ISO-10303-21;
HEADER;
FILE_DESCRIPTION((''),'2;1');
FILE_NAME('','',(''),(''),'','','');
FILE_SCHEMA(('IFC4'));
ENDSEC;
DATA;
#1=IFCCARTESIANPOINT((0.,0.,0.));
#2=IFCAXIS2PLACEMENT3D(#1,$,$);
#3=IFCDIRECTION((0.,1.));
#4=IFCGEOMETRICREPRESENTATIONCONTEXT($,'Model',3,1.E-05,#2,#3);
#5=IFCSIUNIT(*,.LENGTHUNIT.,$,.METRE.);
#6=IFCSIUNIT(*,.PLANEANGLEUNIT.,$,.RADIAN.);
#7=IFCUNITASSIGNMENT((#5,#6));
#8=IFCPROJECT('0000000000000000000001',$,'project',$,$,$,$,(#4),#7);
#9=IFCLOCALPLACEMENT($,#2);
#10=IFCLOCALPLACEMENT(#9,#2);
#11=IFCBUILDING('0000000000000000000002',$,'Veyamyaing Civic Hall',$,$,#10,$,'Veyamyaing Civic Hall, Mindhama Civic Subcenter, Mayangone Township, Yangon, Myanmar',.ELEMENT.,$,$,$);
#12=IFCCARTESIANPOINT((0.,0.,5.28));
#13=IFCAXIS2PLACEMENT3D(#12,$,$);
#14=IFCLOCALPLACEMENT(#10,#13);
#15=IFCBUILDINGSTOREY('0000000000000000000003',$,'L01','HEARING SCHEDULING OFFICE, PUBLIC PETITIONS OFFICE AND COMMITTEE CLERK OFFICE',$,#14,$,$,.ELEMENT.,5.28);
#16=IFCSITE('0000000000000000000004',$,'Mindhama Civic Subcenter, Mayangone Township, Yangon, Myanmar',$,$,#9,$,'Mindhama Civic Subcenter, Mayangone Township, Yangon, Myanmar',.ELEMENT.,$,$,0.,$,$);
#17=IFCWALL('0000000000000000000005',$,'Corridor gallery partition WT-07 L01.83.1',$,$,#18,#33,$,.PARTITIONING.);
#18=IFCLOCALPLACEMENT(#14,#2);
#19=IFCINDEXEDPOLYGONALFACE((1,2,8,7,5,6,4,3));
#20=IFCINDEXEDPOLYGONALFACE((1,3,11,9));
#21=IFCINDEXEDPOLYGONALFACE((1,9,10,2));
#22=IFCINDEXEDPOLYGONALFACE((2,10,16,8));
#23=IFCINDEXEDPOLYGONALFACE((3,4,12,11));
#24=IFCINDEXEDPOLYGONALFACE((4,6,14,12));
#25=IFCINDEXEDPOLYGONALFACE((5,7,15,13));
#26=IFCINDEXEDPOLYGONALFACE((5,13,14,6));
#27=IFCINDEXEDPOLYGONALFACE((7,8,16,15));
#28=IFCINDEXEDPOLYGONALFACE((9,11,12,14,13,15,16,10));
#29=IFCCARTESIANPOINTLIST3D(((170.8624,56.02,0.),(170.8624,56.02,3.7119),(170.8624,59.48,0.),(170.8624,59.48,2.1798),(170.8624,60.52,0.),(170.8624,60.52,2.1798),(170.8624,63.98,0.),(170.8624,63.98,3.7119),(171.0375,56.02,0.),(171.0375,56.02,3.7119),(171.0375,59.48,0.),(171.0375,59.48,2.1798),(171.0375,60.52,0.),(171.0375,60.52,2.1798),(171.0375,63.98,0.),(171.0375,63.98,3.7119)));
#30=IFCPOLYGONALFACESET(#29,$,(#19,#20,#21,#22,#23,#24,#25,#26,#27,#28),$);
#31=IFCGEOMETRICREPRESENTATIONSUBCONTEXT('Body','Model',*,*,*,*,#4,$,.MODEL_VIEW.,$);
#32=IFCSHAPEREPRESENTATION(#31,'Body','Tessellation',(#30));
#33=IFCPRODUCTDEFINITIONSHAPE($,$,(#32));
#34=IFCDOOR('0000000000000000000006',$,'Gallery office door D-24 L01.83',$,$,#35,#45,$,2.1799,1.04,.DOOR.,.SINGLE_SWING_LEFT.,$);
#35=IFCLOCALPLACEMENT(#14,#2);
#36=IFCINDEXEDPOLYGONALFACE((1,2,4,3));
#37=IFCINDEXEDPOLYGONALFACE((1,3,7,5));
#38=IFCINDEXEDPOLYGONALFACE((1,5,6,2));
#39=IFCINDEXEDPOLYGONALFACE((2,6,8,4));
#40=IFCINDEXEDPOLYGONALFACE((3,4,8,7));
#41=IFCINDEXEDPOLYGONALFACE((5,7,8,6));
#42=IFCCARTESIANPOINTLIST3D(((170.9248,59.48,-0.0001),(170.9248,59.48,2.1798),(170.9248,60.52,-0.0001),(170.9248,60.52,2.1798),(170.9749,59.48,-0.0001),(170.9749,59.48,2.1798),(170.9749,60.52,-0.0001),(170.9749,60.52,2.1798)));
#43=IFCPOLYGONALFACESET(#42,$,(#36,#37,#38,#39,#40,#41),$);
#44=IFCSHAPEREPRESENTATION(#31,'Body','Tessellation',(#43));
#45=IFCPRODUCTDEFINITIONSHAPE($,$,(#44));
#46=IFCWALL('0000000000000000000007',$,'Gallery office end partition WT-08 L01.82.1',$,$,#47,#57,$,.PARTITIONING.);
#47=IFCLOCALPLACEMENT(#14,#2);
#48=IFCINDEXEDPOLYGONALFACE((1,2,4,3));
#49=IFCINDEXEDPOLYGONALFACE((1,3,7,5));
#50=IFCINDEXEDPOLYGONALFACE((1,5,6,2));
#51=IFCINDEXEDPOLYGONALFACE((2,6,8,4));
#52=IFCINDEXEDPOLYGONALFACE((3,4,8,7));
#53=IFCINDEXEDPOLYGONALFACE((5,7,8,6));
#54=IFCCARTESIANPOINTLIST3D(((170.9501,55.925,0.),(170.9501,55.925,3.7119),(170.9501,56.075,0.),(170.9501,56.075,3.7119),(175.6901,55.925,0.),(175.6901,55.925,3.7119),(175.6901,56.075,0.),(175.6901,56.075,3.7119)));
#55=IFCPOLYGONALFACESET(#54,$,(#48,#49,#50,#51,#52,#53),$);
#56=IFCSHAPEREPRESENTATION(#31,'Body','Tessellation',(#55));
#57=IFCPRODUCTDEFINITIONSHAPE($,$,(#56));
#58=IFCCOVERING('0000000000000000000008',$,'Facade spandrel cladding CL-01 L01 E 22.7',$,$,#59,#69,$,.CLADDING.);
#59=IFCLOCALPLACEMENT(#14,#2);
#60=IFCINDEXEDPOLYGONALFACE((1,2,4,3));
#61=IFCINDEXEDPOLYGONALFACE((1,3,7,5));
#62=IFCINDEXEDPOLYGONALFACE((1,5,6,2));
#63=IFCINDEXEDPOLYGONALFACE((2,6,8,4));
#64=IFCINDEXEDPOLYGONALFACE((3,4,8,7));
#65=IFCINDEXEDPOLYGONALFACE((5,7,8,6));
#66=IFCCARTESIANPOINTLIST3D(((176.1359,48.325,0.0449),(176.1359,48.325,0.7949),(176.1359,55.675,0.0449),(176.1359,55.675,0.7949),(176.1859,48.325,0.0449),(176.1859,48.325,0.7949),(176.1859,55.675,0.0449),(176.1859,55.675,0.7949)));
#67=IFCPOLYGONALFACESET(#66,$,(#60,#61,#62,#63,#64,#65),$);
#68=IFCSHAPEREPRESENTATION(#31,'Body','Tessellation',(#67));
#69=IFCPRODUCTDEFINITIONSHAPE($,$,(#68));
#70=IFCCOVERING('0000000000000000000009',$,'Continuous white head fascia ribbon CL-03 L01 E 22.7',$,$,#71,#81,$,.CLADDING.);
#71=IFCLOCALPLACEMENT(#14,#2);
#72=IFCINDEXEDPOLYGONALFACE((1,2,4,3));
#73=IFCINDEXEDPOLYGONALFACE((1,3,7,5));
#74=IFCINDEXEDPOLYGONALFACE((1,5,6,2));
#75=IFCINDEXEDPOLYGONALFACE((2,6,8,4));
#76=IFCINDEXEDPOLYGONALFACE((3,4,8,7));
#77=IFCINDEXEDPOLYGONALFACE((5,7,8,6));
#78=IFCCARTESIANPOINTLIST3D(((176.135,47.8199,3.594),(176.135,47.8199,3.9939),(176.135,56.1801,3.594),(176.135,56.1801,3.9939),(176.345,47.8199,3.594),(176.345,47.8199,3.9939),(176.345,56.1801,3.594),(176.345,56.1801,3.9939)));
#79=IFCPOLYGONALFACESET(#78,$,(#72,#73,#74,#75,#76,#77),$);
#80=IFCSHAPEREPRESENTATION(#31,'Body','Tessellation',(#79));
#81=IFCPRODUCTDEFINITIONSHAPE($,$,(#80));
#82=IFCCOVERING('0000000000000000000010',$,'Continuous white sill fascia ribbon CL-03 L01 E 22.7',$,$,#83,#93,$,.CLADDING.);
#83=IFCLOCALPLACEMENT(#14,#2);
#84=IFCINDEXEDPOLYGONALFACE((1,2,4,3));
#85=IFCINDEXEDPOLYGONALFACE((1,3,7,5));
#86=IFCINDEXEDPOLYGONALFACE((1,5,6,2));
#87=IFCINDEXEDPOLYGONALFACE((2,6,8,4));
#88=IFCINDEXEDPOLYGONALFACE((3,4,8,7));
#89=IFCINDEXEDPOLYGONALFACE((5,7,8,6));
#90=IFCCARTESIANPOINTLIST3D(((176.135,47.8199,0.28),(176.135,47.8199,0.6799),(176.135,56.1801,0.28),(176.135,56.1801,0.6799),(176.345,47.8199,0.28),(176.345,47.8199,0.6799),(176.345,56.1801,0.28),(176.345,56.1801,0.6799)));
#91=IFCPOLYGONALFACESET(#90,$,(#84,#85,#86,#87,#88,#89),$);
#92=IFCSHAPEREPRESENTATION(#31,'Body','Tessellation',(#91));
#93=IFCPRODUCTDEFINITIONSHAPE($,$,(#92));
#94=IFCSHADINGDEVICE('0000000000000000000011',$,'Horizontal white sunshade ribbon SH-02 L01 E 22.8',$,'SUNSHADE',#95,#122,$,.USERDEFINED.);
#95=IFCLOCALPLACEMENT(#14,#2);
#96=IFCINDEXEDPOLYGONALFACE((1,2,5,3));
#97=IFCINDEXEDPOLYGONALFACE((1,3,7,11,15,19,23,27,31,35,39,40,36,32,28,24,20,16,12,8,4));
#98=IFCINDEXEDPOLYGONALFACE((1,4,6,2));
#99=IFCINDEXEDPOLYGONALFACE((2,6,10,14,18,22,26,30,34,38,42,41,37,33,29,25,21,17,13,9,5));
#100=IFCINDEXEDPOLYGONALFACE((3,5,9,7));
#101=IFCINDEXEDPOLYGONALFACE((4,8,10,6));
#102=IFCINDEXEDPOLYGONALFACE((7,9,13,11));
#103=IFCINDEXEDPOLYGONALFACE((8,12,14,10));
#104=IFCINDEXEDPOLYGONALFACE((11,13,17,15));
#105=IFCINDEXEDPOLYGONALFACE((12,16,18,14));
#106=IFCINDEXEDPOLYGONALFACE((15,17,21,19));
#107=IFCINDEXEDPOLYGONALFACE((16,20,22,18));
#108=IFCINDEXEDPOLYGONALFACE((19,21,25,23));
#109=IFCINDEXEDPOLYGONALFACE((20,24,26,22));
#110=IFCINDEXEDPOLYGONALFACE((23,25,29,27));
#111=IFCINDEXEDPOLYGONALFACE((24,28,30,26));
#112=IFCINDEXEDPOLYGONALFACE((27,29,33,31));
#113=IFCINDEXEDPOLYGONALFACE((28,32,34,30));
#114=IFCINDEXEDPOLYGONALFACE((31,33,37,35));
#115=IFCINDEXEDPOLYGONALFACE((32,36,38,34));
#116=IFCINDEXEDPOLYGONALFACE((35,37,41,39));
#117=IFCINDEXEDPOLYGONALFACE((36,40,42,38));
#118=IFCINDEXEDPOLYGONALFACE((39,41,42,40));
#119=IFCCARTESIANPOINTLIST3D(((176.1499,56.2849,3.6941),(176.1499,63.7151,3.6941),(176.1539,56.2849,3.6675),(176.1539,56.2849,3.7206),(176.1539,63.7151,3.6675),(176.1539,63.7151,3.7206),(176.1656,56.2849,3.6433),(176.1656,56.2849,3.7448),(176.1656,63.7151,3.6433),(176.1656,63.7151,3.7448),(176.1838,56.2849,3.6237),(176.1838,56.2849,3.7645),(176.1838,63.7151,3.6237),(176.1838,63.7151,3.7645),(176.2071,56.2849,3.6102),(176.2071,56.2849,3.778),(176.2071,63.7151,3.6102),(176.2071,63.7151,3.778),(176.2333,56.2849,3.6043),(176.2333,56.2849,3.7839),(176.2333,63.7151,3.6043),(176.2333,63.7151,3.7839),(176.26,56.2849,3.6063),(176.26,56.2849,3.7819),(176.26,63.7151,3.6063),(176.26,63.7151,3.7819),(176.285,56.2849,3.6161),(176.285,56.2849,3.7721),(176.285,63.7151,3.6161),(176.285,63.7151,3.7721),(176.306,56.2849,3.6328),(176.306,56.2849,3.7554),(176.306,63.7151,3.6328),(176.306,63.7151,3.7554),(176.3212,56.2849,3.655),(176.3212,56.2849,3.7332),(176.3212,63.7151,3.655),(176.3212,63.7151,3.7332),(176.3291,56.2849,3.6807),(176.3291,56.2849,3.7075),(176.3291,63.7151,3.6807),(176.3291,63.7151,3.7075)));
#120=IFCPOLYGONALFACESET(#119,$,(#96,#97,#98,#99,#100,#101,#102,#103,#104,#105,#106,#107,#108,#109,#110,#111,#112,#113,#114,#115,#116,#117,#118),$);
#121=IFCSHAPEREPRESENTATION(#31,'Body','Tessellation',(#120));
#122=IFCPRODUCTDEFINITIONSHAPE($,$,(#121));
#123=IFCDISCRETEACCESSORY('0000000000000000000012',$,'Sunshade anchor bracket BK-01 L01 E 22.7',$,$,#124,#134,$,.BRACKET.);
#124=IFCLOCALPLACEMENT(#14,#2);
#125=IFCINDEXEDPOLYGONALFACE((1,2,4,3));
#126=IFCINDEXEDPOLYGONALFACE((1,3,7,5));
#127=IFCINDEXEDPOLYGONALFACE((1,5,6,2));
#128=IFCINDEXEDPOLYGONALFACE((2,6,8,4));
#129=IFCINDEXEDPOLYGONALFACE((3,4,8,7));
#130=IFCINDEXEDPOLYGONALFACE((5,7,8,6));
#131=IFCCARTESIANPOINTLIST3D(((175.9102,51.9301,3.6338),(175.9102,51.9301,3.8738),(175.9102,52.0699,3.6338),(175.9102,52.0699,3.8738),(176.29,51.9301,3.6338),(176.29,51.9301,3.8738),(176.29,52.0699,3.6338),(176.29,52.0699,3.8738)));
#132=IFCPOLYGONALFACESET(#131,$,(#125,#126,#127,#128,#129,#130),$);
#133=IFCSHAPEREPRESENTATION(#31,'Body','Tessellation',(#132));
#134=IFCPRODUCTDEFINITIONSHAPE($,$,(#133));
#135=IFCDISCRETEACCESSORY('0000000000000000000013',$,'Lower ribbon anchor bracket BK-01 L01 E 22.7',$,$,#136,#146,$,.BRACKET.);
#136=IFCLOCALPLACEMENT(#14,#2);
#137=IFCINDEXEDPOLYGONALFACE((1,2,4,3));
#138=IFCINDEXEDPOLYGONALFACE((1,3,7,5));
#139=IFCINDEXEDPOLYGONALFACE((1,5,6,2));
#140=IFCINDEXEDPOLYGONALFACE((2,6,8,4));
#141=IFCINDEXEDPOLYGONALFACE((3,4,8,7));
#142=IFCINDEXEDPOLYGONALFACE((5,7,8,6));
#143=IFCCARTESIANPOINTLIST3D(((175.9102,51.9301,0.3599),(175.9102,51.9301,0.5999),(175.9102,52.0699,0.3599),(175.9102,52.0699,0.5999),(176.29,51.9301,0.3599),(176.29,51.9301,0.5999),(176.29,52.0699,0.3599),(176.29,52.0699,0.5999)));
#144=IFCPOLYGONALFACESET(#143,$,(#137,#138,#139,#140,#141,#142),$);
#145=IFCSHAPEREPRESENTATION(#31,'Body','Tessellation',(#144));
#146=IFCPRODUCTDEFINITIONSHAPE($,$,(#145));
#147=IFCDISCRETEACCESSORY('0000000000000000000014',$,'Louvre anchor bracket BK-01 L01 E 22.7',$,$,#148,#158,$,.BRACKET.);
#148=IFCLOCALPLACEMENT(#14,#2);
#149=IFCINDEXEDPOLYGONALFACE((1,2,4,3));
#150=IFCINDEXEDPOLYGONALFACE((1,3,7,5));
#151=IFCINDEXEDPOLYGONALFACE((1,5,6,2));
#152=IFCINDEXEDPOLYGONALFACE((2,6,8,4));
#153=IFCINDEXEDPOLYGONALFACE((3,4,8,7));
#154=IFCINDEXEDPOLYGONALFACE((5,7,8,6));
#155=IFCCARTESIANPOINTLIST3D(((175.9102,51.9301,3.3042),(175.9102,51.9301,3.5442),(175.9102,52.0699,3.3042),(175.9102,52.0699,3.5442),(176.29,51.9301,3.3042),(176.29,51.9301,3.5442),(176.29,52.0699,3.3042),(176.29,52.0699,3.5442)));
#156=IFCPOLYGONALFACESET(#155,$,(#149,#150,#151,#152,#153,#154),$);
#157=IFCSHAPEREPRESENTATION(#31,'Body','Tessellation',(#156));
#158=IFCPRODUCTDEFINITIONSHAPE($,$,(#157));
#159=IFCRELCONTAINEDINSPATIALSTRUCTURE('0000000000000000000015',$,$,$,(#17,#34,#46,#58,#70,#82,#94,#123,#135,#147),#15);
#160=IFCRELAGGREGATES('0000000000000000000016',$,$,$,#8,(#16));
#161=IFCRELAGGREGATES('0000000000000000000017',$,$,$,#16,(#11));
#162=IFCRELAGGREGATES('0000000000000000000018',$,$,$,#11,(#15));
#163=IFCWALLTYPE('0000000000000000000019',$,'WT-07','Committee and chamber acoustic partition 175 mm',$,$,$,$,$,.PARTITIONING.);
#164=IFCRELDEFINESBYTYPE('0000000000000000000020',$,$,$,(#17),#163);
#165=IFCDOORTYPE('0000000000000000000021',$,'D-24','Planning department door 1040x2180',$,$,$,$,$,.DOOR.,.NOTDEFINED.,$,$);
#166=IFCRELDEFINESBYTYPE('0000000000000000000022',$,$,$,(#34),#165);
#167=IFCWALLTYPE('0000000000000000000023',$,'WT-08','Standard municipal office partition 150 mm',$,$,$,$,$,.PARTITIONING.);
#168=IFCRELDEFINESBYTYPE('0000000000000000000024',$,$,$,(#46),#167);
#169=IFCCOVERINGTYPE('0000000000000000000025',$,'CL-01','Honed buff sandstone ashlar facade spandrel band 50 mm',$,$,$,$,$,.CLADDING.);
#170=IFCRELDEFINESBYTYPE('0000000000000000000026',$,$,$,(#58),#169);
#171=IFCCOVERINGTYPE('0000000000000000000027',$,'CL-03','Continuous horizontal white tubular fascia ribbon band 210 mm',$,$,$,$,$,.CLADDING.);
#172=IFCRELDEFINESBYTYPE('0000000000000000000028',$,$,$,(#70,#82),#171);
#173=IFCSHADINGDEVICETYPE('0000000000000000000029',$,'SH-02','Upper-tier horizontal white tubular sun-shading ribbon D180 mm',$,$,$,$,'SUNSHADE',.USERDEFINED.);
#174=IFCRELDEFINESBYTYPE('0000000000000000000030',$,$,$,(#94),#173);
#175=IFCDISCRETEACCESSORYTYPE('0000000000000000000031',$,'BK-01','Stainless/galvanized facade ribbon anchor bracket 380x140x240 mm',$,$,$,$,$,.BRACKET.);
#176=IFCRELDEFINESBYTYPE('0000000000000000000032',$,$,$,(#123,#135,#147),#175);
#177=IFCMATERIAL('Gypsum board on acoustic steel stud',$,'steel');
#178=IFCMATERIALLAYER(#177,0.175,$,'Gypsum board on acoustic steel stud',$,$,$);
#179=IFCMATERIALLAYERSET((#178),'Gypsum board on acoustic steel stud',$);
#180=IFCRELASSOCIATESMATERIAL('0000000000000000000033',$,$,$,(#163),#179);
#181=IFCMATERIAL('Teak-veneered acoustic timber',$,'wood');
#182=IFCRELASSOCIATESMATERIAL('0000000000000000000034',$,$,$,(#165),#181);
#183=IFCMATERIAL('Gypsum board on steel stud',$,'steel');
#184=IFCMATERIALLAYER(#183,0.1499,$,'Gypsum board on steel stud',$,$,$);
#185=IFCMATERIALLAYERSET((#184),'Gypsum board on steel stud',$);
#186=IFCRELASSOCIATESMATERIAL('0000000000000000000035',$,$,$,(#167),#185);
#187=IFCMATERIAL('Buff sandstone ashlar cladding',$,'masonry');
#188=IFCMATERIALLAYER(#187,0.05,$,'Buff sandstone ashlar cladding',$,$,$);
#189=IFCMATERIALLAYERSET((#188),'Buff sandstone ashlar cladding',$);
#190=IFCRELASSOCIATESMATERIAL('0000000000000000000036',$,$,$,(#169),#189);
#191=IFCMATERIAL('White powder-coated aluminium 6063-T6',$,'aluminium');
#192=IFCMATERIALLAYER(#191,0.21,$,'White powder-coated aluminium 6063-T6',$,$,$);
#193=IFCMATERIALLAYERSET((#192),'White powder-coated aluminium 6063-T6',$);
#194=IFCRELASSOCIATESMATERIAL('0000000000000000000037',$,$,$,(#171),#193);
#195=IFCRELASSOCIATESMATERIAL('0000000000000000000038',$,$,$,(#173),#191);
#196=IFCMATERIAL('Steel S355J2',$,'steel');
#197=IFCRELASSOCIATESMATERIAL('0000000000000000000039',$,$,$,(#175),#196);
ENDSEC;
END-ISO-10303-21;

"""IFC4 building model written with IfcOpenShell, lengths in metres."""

from ifc_helpers import new_model, si_unit, direction, frame, frame_2d, origin, origin_2d, place, context, subcontext, project, spatial, rectangle, circle, extrude, material, layer, layer_set, material_profile, profile_set, type_object, element, fill, save


model = new_model("IFC4")

# Units and contexts
model_context = context("Model", 3, precision=1e-05, world=origin(), true_north=direction((0.0, 1.0)))
body_context = subcontext(model_context, "Body", "Model", "MODEL_VIEW")
ifc_project = project(units=[si_unit("LENGTHUNIT", "METRE"), si_unit("PLANEANGLEUNIT", "RADIAN")], contexts=[model_context])

# Site, building, storey
site_placement = place(None, origin())
site = spatial("IfcSite", under=ifc_project, at=site_placement, Name="Mindhama Civic Subcenter, Mayangone Township, Yangon, Myanmar", LongName="Mindhama Civic Subcenter, Mayangone Township, Yangon, Myanmar", CompositionType="ELEMENT", RefElevation=0.0)
building_placement = place(site_placement, origin())
building = spatial("IfcBuilding", under=site, at=building_placement, Name="Veyamyaing Civic Hall", LongName="Veyamyaing Civic Hall, Mindhama Civic Subcenter, Mayangone Township, Yangon, Myanmar", CompositionType="ELEMENT")
storey_placement = place(building_placement, frame((0.0, 0.0, 5.28)))
storey = spatial("IfcBuildingStorey", under=building, at=storey_placement, Name="L01", Description="HEARING SCHEDULING OFFICE, PUBLIC PETITIONS OFFICE AND COMMITTEE CLERK OFFICE", CompositionType="ELEMENT", Elevation=5.28)

# Wall, opening, door
ifc_material_1 = material(Name="Gypsum board on acoustic steel stud", Category="steel")
ifc_layer_1 = layer(ifc_material_1, 0.175, Name="Gypsum board on acoustic steel stud")
ifc_layer_set_1 = layer_set([ifc_layer_1], Name="Gypsum board on acoustic steel stud")
wall_type_1 = type_object("IfcWallType", Name="WT-07", Description="Committee and chamber acoustic partition 175 mm", PredefinedType="PARTITIONING", material=ifc_layer_set_1)
wall_1_placement = place(storey_placement, frame((170.95, 56.02, 0.0), z_axis=(0.0, 0.0, 1.0), x_axis=(0.0, 1.0, 0.0)))
wall_1 = element("IfcWall", 1, at=wall_1_placement, inside=storey, type_object=wall_type_1, Name="Corridor gallery partition WT-07 L01.83.1", PredefinedType="PARTITIONING", context=body_context, shape_type="SweptSolid", body=[
    extrude(rectangle(XDim=7.96, YDim=0.175, at=frame_2d((3.98, 0.0))), origin(), (0.0, 0.0, 1.0), 3.7119),
])
opening_placement = place(wall_1_placement, frame((3.46, 0.0, 0.0)))
opening = element("IfcOpeningElement", 2, at=opening_placement, cuts=wall_1, PredefinedType="OPENING", context=body_context, shape_type="SweptSolid", body=[
    extrude(rectangle(XDim=1.04, YDim=2.1799, at=frame_2d((0.52, 1.0898))), frame((0.0, 0.0974, 0.0), z_axis=(0.0, -1.0, 0.0), x_axis=(1.0, 0.0, 0.0)), (0.0, 0.0, 1.0), 0.1951),
])
ifc_material_2 = material(Name="Teak-veneered acoustic timber", Category="wood")
door_type = type_object("IfcDoorType", Name="D-24", Description="Planning department door 1040x2180", OperationType="NOTDEFINED", PredefinedType="DOOR", material=ifc_material_2)
door_placement = place(opening_placement, frame((1.04, 0.0, 0.0), z_axis=(0.0, 0.0, 1.0), x_axis=(-1.0, 0.0, 0.0)))
door = element("IfcDoor", 3, at=door_placement, inside=storey, type_object=door_type, Name="Gallery office door D-24 L01.83", OperationType="SINGLE_SWING_LEFT", OverallHeight=2.1799, OverallWidth=1.04, PredefinedType="DOOR", context=body_context, shape_type="SweptSolid", body=[
    extrude(rectangle(XDim=1.04, YDim=2.1799, at=frame_2d((0.52, 1.0898))), frame((0.0, 0.0249, 0.0), z_axis=(0.0, -1.0, 0.0), x_axis=(1.0, 0.0, 0.0)), (0.0, 0.0, 1.0), 0.05),
])
fill(opening, door)

# Wall
ifc_material_3 = material(Name="Gypsum board on steel stud", Category="steel")
ifc_layer_2 = layer(ifc_material_3, 0.1499, Name="Gypsum board on steel stud")
ifc_layer_set_2 = layer_set([ifc_layer_2], Name="Gypsum board on steel stud")
wall_type_2 = type_object("IfcWallType", Name="WT-08", Description="Standard municipal office partition 150 mm", PredefinedType="PARTITIONING", material=ifc_layer_set_2)
wall_2_placement = place(storey_placement, frame((170.95, 56.0, 0.0), z_axis=(0.0, 0.0, 1.0), x_axis=(1.0, 0.0, 0.0)))
element("IfcWall", 4, at=wall_2_placement, inside=storey, type_object=wall_type_2, Name="Gallery office end partition WT-08 L01.82.1", PredefinedType="PARTITIONING", context=body_context, shape_type="SweptSolid", body=[
    extrude(rectangle(XDim=4.74, YDim=0.1499, at=frame_2d((2.3701, 0.0))), origin(), (0.0, 0.0, 1.0), 3.7119),
])

# Coverings
ifc_material_4 = material(Name="Buff sandstone ashlar cladding", Category="masonry")
ifc_layer_3 = layer(ifc_material_4, 0.05, Name="Buff sandstone ashlar cladding")
ifc_layer_set_3 = layer_set([ifc_layer_3], Name="Buff sandstone ashlar cladding")
covering_type_1 = type_object("IfcCoveringType", Name="CL-01", Description="Honed buff sandstone ashlar facade spandrel band 50 mm", PredefinedType="CLADDING", material=ifc_layer_set_3)
covering_placement = place(storey_placement, frame((176.1609, 52.0, 0.0449), z_axis=(0.0, 0.0, 1.0), x_axis=(0.0, 1.0, 0.0)))
element("IfcCovering", 5, at=covering_placement, inside=storey, type_object=covering_type_1, Name="Facade spandrel cladding CL-01 L01 E 22.7", PredefinedType="CLADDING", context=body_context, shape_type="SweptSolid", body=[
    extrude(rectangle(XDim=7.3501, YDim=0.05, at=origin_2d()), origin(), (0.0, 0.0, 1.0), 0.75),
])
ifc_material_5 = material(Name="White powder-coated aluminium 6063-T6", Category="aluminium")
ifc_layer_4 = layer(ifc_material_5, 0.21, Name="White powder-coated aluminium 6063-T6")
ifc_layer_set_4 = layer_set([ifc_layer_4], Name="White powder-coated aluminium 6063-T6")
covering_type_2 = type_object("IfcCoveringType", Name="CL-03", Description="Continuous horizontal white tubular fascia ribbon band 210 mm", PredefinedType="CLADDING", material=ifc_layer_set_4)
for number, where, z_axis, x_axis, name in (
    (6, (176.24, 52.0, 3.594), (0.0, 0.0, 1.0), (0.0, 1.0, 0.0), "Continuous white head fascia ribbon CL-03 L01 E 22.7"),
    (7, (176.24, 52.0, 0.28), (0.0, 0.0, 1.0), (0.0, 1.0, 0.0), "Continuous white sill fascia ribbon CL-03 L01 E 22.7"),
):
    element("IfcCovering", number, at=place(storey_placement, frame(where, z_axis=z_axis, x_axis=x_axis)), inside=storey, type_object=covering_type_2, Name=name, PredefinedType="CLADDING", context=body_context, shape_type="SweptSolid", body=[
        extrude(rectangle(XDim=8.3601, YDim=0.21, at=origin_2d()), origin(), (0.0, 0.0, 1.0), 0.3999),
    ])

# Shading device
ifc_material_profile_1 = material_profile(ifc_material_5, circle(Radius=0.0901, at=origin_2d()), Name="SHADE-TUBE-180")
ifc_profile_set_1 = profile_set([ifc_material_profile_1], Name="White powder-coated aluminium 6063-T6")
shading_device_type = type_object("IfcShadingDeviceType", Name="SH-02", Description="Upper-tier horizontal white tubular sun-shading ribbon D180 mm", ElementType="SUNSHADE", PredefinedType="USERDEFINED", material=ifc_profile_set_1)
shading_device_placement = place(storey_placement, frame((176.24, 56.2849, 3.6941), z_axis=(0.0, 1.0, 0.0), x_axis=(-1.0, 0.0, 0.0)))
element("IfcShadingDevice", 8, at=shading_device_placement, inside=storey, type_object=shading_device_type, Name="Horizontal white sunshade ribbon SH-02 L01 E 22.8", ObjectType="SUNSHADE", PredefinedType="USERDEFINED", context=body_context, shape_type="SweptSolid", body=[
    extrude(circle(Radius=0.0901, at=origin_2d()), origin(), (0.0, 0.0, 1.0), 7.4302),
])

# Discrete accessories
ifc_material_6 = material(Name="Steel S355J2", Category="steel")
discrete_accessory_type = type_object("IfcDiscreteAccessoryType", Name="BK-01", Description="Stainless/galvanized facade ribbon anchor bracket 380x140x240 mm", PredefinedType="BRACKET", material=ifc_material_6)
for number, where, z_axis, x_axis, name in (
    (9, (176.1001, 52.0, 3.6338), (0.0, 0.0, 1.0), (1.0, 0.0, 0.0), "Sunshade anchor bracket BK-01 L01 E 22.7"),
    (10, (176.1001, 52.0, 0.3599), (0.0, 0.0, 1.0), (1.0, 0.0, 0.0), "Lower ribbon anchor bracket BK-01 L01 E 22.7"),
    (11, (176.1001, 52.0, 3.3042), (0.0, 0.0, 1.0), (1.0, 0.0, 0.0), "Louvre anchor bracket BK-01 L01 E 22.7"),
):
    element("IfcDiscreteAccessory", number, at=place(storey_placement, frame(where, z_axis=z_axis, x_axis=x_axis)), inside=storey, type_object=discrete_accessory_type, Name=name, PredefinedType="BRACKET", context=body_context, shape_type="SweptSolid", body=[
        extrude(rectangle(XDim=0.3799, YDim=0.1399, at=origin_2d()), origin(), (0.0, 0.0, 1.0), 0.24),
    ])

save(model, "model.ifc")
